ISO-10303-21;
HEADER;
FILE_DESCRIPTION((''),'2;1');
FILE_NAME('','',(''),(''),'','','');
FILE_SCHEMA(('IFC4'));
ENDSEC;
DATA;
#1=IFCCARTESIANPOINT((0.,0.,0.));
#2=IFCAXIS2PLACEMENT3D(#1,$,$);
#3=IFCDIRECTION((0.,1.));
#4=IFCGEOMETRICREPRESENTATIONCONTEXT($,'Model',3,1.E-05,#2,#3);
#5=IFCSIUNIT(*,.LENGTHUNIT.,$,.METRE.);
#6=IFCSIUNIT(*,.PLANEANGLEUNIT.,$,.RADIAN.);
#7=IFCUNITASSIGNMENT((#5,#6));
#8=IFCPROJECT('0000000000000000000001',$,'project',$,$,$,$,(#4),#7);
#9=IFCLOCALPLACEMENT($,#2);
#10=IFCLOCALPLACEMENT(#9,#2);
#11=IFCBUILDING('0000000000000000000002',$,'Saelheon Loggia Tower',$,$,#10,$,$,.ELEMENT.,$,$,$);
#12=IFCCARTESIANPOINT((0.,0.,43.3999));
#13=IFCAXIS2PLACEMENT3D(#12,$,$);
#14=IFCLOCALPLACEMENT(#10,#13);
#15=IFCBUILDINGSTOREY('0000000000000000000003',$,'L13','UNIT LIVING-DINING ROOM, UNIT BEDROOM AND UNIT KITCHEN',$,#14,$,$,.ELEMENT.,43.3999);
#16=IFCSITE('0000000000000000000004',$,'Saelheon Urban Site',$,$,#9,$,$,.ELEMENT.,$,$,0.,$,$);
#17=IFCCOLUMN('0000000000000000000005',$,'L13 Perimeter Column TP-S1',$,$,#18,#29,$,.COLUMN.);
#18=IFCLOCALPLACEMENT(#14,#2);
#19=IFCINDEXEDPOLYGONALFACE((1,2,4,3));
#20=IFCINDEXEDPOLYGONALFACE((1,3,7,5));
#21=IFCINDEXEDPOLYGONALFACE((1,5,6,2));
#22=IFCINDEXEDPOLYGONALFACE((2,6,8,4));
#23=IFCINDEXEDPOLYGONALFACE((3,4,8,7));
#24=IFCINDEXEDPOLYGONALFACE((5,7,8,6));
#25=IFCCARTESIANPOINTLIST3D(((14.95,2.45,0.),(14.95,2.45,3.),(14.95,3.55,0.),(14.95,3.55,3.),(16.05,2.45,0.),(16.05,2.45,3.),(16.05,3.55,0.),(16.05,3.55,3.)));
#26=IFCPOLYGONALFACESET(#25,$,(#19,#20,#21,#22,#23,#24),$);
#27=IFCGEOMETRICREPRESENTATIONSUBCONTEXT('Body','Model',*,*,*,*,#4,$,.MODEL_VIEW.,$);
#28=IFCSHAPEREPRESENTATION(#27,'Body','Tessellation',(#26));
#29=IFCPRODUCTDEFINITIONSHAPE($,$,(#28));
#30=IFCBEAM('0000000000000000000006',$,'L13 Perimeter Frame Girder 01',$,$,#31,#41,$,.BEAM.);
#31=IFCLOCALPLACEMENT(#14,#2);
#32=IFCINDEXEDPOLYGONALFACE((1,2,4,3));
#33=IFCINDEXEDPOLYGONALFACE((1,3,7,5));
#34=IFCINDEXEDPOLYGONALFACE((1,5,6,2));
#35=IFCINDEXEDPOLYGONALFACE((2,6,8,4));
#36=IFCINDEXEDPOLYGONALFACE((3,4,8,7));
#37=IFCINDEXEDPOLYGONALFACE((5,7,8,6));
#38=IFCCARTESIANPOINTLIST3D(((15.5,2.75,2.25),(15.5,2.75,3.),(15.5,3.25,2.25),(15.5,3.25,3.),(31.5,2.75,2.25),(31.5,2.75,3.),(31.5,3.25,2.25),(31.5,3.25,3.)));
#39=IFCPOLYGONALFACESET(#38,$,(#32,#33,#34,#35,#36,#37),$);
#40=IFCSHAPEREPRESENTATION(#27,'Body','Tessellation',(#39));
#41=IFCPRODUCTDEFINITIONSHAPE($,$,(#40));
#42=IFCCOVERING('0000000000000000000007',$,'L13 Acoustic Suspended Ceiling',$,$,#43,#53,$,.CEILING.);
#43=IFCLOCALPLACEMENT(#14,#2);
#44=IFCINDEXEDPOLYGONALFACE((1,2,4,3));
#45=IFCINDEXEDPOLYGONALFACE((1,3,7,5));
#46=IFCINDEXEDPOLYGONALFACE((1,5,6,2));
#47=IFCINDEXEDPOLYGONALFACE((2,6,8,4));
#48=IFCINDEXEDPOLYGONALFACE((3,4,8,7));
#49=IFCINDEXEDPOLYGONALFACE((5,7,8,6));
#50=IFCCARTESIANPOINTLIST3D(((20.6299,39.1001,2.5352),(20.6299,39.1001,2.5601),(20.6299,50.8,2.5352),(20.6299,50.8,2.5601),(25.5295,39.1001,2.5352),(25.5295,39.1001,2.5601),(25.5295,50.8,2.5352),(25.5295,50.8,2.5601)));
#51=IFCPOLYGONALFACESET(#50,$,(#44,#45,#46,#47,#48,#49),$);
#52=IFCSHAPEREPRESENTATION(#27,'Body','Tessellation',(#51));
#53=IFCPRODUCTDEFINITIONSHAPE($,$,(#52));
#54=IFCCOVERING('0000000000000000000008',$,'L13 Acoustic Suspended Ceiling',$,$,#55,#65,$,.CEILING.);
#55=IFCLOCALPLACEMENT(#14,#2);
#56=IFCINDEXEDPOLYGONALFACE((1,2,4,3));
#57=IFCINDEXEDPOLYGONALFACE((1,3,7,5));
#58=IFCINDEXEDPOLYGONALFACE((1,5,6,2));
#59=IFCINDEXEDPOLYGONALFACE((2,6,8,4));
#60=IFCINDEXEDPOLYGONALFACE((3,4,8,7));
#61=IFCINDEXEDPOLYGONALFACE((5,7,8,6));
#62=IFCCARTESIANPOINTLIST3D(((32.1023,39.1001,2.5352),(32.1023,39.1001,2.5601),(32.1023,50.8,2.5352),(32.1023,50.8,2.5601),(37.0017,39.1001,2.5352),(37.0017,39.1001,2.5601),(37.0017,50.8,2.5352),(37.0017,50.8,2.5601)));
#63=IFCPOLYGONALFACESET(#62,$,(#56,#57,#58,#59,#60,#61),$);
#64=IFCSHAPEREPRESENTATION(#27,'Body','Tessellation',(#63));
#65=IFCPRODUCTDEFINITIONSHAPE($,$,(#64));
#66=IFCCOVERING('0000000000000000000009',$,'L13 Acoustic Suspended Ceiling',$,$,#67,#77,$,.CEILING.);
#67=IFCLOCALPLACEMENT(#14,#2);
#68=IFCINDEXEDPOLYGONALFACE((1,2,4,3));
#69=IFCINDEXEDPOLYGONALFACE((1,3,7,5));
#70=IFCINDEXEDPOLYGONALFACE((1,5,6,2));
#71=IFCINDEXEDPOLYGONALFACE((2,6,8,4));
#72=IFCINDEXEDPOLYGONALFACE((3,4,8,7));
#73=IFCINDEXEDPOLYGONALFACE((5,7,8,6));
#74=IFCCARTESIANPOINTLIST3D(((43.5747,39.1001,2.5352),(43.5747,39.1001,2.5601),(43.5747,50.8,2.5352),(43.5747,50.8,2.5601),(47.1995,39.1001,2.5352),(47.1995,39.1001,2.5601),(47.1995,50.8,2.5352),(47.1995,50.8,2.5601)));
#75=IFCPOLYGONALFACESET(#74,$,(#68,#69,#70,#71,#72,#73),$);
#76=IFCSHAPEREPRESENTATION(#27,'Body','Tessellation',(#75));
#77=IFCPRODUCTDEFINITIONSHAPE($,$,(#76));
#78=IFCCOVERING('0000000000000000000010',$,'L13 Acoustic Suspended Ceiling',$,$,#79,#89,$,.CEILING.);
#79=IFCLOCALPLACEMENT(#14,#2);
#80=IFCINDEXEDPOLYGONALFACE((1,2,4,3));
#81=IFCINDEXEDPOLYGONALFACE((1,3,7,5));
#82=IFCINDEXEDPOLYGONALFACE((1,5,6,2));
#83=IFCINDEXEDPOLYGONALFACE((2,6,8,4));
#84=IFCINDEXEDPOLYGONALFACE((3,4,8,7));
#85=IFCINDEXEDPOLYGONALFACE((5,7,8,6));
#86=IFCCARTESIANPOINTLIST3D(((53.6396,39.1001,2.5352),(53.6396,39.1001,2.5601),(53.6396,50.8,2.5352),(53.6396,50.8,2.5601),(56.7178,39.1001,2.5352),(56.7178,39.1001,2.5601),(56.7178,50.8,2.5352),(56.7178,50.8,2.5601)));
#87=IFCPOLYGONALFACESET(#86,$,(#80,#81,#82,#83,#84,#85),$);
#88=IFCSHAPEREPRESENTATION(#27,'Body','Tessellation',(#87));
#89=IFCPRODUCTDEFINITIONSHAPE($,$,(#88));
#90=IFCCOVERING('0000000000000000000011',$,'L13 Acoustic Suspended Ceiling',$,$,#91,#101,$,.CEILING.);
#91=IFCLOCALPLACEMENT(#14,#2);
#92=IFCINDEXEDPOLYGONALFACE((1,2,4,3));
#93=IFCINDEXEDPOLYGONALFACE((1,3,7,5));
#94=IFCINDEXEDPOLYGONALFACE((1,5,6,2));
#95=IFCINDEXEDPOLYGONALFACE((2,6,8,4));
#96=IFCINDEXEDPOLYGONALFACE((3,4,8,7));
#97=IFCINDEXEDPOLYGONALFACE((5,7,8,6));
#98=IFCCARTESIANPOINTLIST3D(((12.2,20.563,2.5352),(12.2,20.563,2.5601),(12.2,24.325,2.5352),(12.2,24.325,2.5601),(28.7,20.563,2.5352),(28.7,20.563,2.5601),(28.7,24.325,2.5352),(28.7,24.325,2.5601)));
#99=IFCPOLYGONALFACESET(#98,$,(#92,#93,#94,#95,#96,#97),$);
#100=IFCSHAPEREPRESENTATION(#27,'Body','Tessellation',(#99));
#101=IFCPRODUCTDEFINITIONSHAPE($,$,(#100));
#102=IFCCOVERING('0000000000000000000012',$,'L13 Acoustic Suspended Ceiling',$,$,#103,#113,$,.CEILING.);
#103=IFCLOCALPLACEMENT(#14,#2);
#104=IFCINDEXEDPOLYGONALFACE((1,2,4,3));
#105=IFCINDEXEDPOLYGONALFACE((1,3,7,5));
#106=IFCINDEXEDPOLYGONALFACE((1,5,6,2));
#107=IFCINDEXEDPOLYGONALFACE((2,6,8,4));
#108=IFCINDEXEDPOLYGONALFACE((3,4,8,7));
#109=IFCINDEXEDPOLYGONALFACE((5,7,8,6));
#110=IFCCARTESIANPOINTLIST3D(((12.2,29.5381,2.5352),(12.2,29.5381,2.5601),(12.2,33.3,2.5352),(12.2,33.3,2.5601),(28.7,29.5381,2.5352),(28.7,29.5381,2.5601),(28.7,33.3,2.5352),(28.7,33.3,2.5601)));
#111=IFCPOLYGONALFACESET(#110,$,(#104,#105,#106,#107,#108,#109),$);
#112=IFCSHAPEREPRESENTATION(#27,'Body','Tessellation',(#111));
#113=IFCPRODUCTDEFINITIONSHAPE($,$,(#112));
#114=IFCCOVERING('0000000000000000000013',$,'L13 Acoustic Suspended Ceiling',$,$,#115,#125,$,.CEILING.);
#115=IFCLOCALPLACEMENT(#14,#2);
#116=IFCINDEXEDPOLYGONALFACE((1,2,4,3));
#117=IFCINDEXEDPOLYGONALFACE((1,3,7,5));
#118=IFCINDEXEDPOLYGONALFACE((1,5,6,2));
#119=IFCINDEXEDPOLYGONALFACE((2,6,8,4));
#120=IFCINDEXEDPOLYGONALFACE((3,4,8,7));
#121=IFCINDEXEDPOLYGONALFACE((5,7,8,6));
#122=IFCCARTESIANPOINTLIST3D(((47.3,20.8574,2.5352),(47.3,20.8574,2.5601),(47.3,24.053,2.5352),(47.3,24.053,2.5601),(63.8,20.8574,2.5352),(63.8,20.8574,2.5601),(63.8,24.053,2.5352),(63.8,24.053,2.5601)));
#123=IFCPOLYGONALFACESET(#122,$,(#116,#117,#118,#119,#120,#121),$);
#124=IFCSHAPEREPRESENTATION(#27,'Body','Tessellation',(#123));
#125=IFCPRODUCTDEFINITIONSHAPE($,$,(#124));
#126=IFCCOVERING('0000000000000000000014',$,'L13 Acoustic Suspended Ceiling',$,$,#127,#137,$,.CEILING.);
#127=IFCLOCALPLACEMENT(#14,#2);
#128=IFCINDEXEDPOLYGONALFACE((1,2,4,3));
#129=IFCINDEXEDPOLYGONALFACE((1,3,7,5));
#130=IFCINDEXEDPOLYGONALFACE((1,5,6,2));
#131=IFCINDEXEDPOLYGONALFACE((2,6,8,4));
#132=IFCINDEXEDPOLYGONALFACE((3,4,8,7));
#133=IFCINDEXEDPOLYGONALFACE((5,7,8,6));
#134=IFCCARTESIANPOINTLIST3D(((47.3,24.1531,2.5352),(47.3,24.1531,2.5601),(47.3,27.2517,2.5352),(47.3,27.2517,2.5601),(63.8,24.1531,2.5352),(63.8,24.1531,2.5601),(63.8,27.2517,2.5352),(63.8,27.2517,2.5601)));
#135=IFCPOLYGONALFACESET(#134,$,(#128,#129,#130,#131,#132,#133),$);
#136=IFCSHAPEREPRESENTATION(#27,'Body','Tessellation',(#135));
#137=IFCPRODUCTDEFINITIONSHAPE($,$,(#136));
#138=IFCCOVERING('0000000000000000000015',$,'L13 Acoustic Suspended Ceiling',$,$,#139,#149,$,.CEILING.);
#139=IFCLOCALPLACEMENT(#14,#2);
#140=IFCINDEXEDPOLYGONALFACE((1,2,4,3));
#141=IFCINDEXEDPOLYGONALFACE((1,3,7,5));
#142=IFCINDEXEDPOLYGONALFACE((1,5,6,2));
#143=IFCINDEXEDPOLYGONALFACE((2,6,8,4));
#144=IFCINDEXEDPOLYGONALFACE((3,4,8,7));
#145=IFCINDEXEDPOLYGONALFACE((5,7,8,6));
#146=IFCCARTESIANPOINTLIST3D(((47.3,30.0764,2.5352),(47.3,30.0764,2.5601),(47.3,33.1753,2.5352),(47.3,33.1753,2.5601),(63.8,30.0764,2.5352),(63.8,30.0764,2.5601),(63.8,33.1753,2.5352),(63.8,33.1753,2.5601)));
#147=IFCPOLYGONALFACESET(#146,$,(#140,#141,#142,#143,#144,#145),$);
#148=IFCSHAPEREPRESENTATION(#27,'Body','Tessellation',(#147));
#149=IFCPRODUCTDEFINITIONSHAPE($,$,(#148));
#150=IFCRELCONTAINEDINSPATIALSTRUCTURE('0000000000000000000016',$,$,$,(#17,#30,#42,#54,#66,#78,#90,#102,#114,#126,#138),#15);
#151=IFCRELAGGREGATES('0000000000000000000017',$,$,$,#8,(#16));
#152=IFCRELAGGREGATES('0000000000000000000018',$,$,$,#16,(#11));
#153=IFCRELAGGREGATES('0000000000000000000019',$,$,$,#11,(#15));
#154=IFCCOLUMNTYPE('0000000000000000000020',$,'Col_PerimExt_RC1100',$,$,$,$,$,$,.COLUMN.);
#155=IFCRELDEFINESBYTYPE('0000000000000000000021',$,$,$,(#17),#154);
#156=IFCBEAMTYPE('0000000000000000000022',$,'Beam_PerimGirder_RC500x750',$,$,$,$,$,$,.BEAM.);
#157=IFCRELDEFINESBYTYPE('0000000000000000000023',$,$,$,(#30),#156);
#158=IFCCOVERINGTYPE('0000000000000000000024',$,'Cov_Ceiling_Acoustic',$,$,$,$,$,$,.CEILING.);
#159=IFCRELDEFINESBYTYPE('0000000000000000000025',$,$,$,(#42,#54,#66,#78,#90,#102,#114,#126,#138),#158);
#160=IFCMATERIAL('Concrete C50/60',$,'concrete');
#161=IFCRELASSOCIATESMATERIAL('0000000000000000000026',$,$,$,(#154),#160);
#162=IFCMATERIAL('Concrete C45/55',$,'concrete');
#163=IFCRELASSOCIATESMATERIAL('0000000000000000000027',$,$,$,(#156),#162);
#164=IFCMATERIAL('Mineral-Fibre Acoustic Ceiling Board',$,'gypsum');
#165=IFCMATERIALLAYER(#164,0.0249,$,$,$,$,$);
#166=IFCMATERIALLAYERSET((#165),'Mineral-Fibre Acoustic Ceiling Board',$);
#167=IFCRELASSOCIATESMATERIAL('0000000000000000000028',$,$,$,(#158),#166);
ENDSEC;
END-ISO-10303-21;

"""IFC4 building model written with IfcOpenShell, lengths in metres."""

from ifc_helpers import new_model, si_unit, direction, frame, origin, origin_2d, place, context, subcontext, project, spatial, polyline, rectangle, outline, extrude, source, transform, mapped, material, layer, layer_set, material_profile, profile_set, type_object, element, save


model = new_model("IFC4")

# Units and contexts
model_context = context("Model", 3, precision=1e-05, world=origin(), true_north=direction((0.0, 1.0)))
body_context = subcontext(model_context, "Body", "Model", "MODEL_VIEW")
ifc_project = project(units=[si_unit("LENGTHUNIT", "METRE"), si_unit("PLANEANGLEUNIT", "RADIAN")], contexts=[model_context])

# Site, building, storey
site_placement = place(None, origin())
site = spatial("IfcSite", under=ifc_project, at=site_placement, Name="Saelheon Urban Site", CompositionType="ELEMENT", RefElevation=0.0)
building_placement = place(site_placement, origin())
building = spatial("IfcBuilding", under=site, at=building_placement, Name="Saelheon Loggia Tower", CompositionType="ELEMENT")
storey_placement = place(building_placement, frame((0.0, 0.0, 43.3999)))
storey = spatial("IfcBuildingStorey", under=building, at=storey_placement, Name="L13", Description="UNIT LIVING-DINING ROOM, UNIT BEDROOM AND UNIT KITCHEN", CompositionType="ELEMENT", Elevation=43.3999)

# Column
ifc_material_1 = material(Name="Concrete C50/60", Category="concrete")
ifc_material_profile_1 = material_profile(ifc_material_1, rectangle(XDim=1.1001, YDim=1.1001, at=origin_2d()), Name="RC-1100x1100")
ifc_profile_set_1 = profile_set([ifc_material_profile_1], Name="Concrete C50/60")
column_type = type_object("IfcColumnType", Name="Col_PerimExt_RC1100", PredefinedType="COLUMN", material=ifc_profile_set_1)
shared_shape_1 = source(origin(), body_context, "Body", "SweptSolid", [
    extrude(rectangle(XDim=1.1001, YDim=1.1001, at=origin_2d()), origin(), (0.0, 0.0, 1.0), 3.0),
])
column_placement = place(storey_placement, frame((15.5, 3.0, 0.0), z_axis=(0.0, 0.0, 1.0), x_axis=(1.0, 0.0, 0.0)))
element("IfcColumn", 1, at=column_placement, inside=storey, type_object=column_type, Name="L13 Perimeter Column TP-S1", PredefinedType="COLUMN", context=body_context, shape_type="MappedRepresentation", body=[
    mapped(shared_shape_1, transform((0.0, 0.0, 0.0), scale=1.0)),
])

# Beam
ifc_material_2 = material(Name="Concrete C45/55", Category="concrete")
ifc_material_profile_2 = material_profile(ifc_material_2, rectangle(XDim=0.5, YDim=0.75, at=origin_2d()), Name="RC-500x750")
ifc_profile_set_2 = profile_set([ifc_material_profile_2], Name="Concrete C45/55")
beam_type = type_object("IfcBeamType", Name="Beam_PerimGirder_RC500x750", PredefinedType="BEAM", material=ifc_profile_set_2)
shared_shape_2 = source(origin(), body_context, "Body", "SweptSolid", [
    extrude(rectangle(XDim=0.5, YDim=0.75, at=origin_2d()), origin(), (0.0, 0.0, 1.0), 16.0),
])
beam_placement = place(storey_placement, frame((15.5, 3.0, 2.625), z_axis=(1.0, 0.0, 0.0), x_axis=(0.0, 1.0, 0.0)))
element("IfcBeam", 2, at=beam_placement, inside=storey, type_object=beam_type, Name="L13 Perimeter Frame Girder 01", PredefinedType="BEAM", context=body_context, shape_type="MappedRepresentation", body=[
    mapped(shared_shape_2, transform((0.0, 0.0, 0.0), scale=1.0)),
])

# Coverings
ifc_material_3 = material(Name="Mineral-Fibre Acoustic Ceiling Board", Category="gypsum")
ifc_layer_1 = layer(ifc_material_3, 0.0249)
ifc_layer_set_1 = layer_set([ifc_layer_1], Name="Mineral-Fibre Acoustic Ceiling Board")
covering_type = type_object("IfcCoveringType", Name="Cov_Ceiling_Acoustic", PredefinedType="CEILING", material=ifc_layer_set_1)
covering_1_placement = place(storey_placement, frame((0.0, 0.0, 2.5352)))
element("IfcCovering", 3, at=covering_1_placement, inside=storey, type_object=covering_type, Name="L13 Acoustic Suspended Ceiling", PredefinedType="CEILING", context=body_context, shape_type="SweptSolid", body=[
    extrude(outline(polyline([(20.6299, 39.1001), (25.5295, 39.1001), (25.5295, 50.8), (20.6299, 50.8), (20.6299, 39.1001)])), origin(), (0.0, 0.0, 1.0), 0.0249),
])
covering_2_placement = place(storey_placement, frame((0.0, 0.0, 2.5352)))
element("IfcCovering", 4, at=covering_2_placement, inside=storey, type_object=covering_type, Name="L13 Acoustic Suspended Ceiling", PredefinedType="CEILING", context=body_context, shape_type="SweptSolid", body=[
    extrude(outline(polyline([(32.1023, 39.1001), (37.0017, 39.1001), (37.0017, 50.8), (32.1023, 50.8), (32.1023, 39.1001)])), origin(), (0.0, 0.0, 1.0), 0.0249),
])
covering_3_placement = place(storey_placement, frame((0.0, 0.0, 2.5352)))
element("IfcCovering", 5, at=covering_3_placement, inside=storey, type_object=covering_type, Name="L13 Acoustic Suspended Ceiling", PredefinedType="CEILING", context=body_context, shape_type="SweptSolid", body=[
    extrude(outline(polyline([(43.5747, 39.1001), (47.1995, 39.1001), (47.1995, 50.8), (43.5747, 50.8), (43.5747, 39.1001)])), origin(), (0.0, 0.0, 1.0), 0.0249),
])
covering_4_placement = place(storey_placement, frame((0.0, 0.0, 2.5352)))
element("IfcCovering", 6, at=covering_4_placement, inside=storey, type_object=covering_type, Name="L13 Acoustic Suspended Ceiling", PredefinedType="CEILING", context=body_context, shape_type="SweptSolid", body=[
    extrude(outline(polyline([(53.6396, 39.1001), (56.7178, 39.1001), (56.7178, 50.8), (53.6396, 50.8), (53.6396, 39.1001)])), origin(), (0.0, 0.0, 1.0), 0.0249),
])
covering_5_placement = place(storey_placement, frame((0.0, 0.0, 2.5352)))
element("IfcCovering", 7, at=covering_5_placement, inside=storey, type_object=covering_type, Name="L13 Acoustic Suspended Ceiling", PredefinedType="CEILING", context=body_context, shape_type="SweptSolid", body=[
    extrude(outline(polyline([(12.2, 20.563), (28.7, 20.563), (28.7, 24.325), (12.2, 24.325), (12.2, 20.563)])), origin(), (0.0, 0.0, 1.0), 0.0249),
])
covering_6_placement = place(storey_placement, frame((0.0, 0.0, 2.5352)))
element("IfcCovering", 8, at=covering_6_placement, inside=storey, type_object=covering_type, Name="L13 Acoustic Suspended Ceiling", PredefinedType="CEILING", context=body_context, shape_type="SweptSolid", body=[
    extrude(outline(polyline([(12.2, 29.5381), (28.7, 29.5381), (28.7, 33.3), (12.2, 33.3), (12.2, 29.5381)])), origin(), (0.0, 0.0, 1.0), 0.0249),
])
covering_7_placement = place(storey_placement, frame((0.0, 0.0, 2.5352)))
element("IfcCovering", 9, at=covering_7_placement, inside=storey, type_object=covering_type, Name="L13 Acoustic Suspended Ceiling", PredefinedType="CEILING", context=body_context, shape_type="SweptSolid", body=[
    extrude(outline(polyline([(47.3, 20.8574), (63.8, 20.8574), (63.8, 24.053), (47.3, 24.053), (47.3, 20.8574)])), origin(), (0.0, 0.0, 1.0), 0.0249),
])
covering_8_placement = place(storey_placement, frame((0.0, 0.0, 2.5352)))
element("IfcCovering", 10, at=covering_8_placement, inside=storey, type_object=covering_type, Name="L13 Acoustic Suspended Ceiling", PredefinedType="CEILING", context=body_context, shape_type="SweptSolid", body=[
    extrude(outline(polyline([(47.3, 24.1531), (63.8, 24.1531), (63.8, 27.2517), (47.3, 27.2517), (47.3, 24.1531)])), origin(), (0.0, 0.0, 1.0), 0.0249),
])
covering_9_placement = place(storey_placement, frame((0.0, 0.0, 2.5352)))
element("IfcCovering", 11, at=covering_9_placement, inside=storey, type_object=covering_type, Name="L13 Acoustic Suspended Ceiling", PredefinedType="CEILING", context=body_context, shape_type="SweptSolid", body=[
    extrude(outline(polyline([(47.3, 30.0764), (63.8, 30.0764), (63.8, 33.1753), (47.3, 33.1753), (47.3, 30.0764)])), origin(), (0.0, 0.0, 1.0), 0.0249),
])

save(model, "model.ifc")
